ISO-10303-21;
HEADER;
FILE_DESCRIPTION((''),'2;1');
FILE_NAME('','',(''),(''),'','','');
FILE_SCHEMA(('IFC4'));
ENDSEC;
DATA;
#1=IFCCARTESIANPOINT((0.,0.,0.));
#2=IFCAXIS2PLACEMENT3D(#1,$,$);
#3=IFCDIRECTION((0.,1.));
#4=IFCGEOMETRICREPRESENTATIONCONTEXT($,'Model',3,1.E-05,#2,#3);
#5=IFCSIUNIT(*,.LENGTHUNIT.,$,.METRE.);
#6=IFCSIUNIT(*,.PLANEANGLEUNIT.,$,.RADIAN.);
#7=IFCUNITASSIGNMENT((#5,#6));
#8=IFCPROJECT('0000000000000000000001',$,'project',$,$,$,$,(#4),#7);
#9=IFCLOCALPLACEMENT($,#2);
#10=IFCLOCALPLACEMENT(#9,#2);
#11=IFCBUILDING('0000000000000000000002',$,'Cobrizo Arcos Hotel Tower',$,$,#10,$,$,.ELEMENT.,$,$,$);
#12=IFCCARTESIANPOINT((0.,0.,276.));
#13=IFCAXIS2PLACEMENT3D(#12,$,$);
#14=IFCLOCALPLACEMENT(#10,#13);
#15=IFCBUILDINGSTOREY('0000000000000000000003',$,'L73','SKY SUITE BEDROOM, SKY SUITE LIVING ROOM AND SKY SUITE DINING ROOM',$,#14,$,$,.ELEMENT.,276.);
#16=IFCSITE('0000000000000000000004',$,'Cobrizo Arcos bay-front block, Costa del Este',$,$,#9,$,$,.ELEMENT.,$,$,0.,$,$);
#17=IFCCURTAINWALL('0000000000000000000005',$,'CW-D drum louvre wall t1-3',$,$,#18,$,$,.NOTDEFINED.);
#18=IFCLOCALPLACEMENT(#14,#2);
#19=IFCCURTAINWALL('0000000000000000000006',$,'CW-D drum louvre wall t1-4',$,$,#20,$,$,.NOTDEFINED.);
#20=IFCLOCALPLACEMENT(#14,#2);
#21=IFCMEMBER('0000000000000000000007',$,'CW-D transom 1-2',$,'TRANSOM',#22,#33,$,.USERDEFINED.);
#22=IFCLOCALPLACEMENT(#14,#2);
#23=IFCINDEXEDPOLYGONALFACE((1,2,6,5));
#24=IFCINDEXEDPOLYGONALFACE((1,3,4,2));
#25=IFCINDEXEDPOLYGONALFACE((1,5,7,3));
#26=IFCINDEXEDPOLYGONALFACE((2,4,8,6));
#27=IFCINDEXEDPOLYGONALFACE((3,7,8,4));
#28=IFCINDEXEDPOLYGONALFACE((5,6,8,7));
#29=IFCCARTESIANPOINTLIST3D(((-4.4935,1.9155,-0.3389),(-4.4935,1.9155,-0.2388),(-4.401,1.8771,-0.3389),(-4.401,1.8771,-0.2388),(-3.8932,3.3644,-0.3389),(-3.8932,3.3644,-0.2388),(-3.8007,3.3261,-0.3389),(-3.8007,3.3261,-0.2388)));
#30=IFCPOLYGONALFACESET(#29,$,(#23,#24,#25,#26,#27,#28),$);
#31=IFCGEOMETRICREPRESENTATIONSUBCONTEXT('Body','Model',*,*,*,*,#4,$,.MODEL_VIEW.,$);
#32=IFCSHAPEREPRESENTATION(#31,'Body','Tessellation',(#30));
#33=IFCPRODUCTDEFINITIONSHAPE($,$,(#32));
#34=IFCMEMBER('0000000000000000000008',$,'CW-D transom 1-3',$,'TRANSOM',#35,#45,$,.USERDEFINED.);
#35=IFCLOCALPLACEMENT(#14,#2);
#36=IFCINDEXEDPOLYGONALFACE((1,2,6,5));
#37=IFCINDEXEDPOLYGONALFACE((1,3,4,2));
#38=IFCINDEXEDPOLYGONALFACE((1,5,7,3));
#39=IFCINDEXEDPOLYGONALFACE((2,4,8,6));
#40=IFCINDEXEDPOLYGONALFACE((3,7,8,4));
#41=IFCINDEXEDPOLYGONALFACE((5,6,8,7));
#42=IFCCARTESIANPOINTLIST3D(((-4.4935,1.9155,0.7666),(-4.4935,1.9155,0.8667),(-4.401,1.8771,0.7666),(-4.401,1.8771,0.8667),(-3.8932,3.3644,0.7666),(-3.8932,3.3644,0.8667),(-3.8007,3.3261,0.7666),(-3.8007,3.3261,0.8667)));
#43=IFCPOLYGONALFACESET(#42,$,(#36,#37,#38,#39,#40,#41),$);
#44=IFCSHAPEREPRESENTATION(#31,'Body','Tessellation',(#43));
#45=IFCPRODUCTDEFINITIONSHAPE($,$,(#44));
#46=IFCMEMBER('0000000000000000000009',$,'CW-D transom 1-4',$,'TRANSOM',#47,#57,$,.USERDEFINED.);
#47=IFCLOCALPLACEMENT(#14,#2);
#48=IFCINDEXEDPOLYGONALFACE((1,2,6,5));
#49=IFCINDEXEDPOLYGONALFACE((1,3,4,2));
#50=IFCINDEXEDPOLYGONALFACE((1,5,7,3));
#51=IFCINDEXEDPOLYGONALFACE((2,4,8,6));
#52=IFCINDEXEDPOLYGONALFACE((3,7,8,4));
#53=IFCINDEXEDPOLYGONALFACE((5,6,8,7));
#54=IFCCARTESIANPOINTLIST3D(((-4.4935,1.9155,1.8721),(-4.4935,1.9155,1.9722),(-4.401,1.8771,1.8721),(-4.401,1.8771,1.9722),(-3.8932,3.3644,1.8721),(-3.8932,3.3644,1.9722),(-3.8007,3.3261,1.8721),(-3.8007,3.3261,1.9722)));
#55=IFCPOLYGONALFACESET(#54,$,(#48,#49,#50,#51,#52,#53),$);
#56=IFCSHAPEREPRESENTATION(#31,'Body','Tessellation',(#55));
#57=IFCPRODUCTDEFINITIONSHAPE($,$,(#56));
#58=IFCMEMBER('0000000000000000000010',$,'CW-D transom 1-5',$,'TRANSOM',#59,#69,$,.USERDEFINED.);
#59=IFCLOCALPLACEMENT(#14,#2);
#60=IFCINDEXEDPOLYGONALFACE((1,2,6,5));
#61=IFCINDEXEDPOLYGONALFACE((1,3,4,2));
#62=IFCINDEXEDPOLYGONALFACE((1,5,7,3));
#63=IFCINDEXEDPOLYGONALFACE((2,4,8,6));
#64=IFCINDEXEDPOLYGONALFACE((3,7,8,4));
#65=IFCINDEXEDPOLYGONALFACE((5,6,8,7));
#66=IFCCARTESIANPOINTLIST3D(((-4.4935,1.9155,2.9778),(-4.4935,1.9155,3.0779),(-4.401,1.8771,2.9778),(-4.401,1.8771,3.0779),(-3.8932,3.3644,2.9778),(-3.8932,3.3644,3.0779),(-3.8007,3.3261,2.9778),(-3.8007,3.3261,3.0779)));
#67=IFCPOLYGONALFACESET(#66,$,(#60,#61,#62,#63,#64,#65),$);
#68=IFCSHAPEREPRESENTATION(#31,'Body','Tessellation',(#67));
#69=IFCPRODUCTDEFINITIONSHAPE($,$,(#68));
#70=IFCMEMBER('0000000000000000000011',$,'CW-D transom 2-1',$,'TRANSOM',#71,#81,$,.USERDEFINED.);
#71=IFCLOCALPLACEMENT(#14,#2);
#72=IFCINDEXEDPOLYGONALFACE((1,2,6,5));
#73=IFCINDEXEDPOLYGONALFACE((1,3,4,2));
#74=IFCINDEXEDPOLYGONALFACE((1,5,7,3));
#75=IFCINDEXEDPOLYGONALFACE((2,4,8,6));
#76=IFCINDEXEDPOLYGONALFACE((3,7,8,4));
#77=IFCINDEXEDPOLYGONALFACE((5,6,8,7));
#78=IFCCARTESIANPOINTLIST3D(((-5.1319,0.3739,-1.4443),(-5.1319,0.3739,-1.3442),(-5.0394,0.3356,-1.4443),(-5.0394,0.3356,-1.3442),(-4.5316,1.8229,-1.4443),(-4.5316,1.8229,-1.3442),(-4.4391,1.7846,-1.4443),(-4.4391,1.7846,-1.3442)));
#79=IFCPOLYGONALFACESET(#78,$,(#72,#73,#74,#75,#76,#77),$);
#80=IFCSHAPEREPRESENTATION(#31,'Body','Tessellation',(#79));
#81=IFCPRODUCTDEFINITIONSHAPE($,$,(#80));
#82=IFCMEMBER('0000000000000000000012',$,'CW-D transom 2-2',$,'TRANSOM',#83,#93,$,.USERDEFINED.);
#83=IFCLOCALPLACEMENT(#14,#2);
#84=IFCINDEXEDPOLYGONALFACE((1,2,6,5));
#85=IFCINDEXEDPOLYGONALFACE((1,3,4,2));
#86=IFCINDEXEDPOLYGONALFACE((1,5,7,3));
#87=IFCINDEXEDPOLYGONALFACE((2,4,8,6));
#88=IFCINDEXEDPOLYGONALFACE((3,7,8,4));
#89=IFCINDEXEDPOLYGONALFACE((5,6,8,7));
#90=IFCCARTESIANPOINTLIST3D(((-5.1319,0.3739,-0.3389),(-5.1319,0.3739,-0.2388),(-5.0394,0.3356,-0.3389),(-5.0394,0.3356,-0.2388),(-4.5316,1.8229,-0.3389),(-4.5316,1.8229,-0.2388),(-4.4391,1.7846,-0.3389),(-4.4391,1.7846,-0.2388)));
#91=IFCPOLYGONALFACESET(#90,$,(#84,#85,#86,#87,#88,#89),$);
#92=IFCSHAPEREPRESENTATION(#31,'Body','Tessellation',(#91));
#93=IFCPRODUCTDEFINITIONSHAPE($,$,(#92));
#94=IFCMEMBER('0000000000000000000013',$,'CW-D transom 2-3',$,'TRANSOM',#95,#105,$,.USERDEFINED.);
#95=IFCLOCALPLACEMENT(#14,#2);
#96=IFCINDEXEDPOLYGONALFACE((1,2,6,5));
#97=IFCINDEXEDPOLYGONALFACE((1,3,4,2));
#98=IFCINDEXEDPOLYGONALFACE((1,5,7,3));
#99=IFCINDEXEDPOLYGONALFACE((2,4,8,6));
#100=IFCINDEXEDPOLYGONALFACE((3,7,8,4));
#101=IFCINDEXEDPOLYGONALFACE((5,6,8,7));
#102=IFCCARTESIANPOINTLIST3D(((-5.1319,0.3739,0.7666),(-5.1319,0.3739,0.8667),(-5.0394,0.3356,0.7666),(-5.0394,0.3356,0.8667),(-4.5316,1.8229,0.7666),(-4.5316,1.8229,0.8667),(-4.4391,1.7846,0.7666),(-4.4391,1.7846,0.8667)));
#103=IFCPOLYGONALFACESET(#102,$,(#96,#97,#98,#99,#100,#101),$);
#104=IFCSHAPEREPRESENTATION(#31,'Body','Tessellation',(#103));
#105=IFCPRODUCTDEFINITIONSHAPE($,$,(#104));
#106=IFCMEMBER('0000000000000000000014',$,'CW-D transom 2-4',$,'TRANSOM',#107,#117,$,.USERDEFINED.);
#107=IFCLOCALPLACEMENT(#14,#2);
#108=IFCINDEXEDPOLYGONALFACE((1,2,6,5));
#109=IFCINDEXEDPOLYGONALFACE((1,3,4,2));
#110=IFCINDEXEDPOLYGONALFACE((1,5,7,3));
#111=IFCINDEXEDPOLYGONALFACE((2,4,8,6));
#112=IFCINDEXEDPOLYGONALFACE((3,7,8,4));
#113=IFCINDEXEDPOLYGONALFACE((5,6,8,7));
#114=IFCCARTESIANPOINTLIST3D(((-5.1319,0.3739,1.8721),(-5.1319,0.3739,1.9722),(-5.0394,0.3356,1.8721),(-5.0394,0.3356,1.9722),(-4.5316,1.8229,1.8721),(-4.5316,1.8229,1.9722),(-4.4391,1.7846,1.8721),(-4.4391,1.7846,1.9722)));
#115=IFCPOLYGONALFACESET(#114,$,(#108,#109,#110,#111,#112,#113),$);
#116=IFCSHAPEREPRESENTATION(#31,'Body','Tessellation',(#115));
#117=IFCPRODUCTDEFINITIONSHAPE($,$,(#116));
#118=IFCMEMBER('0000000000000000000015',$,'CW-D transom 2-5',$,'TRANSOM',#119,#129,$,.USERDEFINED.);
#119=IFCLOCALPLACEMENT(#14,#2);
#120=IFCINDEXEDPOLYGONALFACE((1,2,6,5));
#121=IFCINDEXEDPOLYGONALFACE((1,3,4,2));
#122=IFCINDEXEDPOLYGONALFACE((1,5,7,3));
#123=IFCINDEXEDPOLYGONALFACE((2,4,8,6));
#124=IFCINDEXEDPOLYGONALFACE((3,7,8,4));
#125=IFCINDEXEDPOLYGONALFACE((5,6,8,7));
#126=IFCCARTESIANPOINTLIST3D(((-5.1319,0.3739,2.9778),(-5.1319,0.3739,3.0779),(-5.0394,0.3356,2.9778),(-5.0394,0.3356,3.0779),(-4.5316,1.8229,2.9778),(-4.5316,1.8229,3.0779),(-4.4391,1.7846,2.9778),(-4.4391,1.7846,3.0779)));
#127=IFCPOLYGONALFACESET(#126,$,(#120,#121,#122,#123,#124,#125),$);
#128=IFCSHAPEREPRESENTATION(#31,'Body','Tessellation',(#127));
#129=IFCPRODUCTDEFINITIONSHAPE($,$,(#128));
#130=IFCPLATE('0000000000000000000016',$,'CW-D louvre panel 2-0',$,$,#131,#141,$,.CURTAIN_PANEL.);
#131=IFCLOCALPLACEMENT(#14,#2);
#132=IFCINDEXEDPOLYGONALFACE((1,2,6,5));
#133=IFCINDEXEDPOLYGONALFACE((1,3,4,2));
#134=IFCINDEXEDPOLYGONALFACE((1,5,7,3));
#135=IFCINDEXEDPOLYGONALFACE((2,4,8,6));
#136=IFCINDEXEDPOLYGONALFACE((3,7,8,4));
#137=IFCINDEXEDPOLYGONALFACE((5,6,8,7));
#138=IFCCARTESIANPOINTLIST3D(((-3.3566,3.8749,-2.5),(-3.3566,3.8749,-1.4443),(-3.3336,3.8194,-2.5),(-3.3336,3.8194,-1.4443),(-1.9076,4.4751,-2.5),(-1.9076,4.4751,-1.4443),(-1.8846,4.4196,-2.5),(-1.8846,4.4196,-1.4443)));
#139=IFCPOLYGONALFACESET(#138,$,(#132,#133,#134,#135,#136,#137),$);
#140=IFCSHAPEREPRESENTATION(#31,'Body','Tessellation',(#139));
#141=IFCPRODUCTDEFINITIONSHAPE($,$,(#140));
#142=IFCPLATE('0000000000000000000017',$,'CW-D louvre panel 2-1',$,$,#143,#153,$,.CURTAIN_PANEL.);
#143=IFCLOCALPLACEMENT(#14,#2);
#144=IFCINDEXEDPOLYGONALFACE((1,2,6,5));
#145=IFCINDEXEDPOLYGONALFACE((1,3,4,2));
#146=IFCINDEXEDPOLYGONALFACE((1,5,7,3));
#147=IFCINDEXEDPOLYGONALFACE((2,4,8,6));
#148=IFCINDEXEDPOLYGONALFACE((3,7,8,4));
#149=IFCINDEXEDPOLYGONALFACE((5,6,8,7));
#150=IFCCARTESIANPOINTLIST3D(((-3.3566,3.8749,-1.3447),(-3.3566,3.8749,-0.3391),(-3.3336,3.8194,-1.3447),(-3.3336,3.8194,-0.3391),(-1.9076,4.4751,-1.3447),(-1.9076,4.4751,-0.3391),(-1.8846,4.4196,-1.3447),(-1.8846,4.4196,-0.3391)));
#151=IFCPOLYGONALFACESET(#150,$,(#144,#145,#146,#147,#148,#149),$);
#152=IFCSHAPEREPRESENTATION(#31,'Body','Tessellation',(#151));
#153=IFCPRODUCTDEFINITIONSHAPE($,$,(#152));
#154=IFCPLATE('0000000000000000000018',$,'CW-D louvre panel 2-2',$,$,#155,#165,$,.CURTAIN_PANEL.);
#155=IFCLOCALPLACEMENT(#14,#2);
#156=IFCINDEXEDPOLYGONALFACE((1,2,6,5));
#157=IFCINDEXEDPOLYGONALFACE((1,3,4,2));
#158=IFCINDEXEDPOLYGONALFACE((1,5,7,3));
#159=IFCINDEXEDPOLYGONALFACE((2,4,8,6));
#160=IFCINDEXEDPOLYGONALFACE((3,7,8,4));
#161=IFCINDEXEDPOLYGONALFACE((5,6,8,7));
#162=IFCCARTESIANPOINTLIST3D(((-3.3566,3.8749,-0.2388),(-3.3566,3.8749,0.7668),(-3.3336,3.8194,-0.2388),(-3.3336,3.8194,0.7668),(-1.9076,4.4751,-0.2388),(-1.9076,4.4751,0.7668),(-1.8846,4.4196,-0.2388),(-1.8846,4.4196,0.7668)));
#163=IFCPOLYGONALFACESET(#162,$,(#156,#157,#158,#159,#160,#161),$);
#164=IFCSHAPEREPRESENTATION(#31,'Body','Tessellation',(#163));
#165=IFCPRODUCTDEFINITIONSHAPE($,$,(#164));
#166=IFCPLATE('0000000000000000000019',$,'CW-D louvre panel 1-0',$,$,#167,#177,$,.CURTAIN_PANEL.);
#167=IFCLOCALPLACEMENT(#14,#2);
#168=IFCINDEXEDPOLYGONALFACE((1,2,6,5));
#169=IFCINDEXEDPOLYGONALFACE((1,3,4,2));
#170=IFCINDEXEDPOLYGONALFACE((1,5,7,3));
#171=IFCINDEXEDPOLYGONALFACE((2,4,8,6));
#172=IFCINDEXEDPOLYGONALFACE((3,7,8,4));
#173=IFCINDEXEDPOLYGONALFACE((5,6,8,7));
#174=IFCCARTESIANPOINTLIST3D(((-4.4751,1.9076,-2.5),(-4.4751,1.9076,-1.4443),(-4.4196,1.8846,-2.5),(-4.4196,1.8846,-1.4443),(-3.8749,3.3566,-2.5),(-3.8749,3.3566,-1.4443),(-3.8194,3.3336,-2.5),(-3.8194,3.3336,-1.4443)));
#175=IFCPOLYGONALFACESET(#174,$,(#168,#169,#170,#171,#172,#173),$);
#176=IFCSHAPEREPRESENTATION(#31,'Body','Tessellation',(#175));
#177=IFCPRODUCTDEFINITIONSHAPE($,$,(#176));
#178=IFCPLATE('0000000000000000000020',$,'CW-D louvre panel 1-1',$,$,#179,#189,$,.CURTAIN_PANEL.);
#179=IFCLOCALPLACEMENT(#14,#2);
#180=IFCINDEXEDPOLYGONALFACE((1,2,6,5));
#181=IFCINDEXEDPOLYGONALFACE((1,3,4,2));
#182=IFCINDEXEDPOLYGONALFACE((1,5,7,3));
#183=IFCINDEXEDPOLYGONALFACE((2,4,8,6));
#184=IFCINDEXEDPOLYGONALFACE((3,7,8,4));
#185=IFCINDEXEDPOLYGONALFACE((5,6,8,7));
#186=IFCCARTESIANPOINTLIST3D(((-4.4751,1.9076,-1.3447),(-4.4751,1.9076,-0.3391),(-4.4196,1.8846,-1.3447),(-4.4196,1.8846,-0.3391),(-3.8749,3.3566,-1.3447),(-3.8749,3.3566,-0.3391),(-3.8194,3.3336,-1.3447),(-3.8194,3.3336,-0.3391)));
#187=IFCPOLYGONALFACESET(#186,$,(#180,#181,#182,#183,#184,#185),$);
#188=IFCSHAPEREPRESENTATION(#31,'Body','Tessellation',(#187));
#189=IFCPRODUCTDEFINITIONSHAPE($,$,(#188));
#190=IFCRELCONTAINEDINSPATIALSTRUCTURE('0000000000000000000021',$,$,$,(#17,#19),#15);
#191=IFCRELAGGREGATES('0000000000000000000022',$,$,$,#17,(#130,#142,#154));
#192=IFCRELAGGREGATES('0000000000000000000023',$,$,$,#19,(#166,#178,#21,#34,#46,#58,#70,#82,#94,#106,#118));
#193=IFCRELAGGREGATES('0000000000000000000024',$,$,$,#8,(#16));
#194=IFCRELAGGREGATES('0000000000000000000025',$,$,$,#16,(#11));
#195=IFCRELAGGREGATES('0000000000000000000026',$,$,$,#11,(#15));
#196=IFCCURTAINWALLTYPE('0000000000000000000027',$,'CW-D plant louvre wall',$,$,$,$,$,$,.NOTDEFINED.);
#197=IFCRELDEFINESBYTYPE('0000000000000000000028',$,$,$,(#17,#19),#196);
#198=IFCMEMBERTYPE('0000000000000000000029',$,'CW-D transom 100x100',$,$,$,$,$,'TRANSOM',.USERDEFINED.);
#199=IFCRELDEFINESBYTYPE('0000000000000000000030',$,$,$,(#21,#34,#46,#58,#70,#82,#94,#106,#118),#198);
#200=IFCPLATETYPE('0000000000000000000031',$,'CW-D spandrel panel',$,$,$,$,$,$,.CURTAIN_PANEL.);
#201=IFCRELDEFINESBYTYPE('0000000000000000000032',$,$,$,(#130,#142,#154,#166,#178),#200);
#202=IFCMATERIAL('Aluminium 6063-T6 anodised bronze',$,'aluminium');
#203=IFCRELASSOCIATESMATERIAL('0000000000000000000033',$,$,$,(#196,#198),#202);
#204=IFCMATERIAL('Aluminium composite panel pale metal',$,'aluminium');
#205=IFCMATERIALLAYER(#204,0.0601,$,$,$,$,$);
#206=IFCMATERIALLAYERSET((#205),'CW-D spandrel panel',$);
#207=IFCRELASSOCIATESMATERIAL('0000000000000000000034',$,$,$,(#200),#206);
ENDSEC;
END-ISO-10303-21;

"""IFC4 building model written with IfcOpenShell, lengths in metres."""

from ifc_helpers import new_model, si_unit, direction, frame, origin, origin_2d, place, context, subcontext, project, spatial, rectangle, extrude, material, layer, layer_set, material_profile, profile_set, type_object, element, aggregate, save


model = new_model("IFC4")

# Units and contexts
model_context = context("Model", 3, precision=1e-05, world=origin(), true_north=direction((0.0, 1.0)))
body_context = subcontext(model_context, "Body", "Model", "MODEL_VIEW")
ifc_project = project(units=[si_unit("LENGTHUNIT", "METRE"), si_unit("PLANEANGLEUNIT", "RADIAN")], contexts=[model_context])

# Site, building, storey
site_placement = place(None, origin())
site = spatial("IfcSite", under=ifc_project, at=site_placement, Name="Cobrizo Arcos bay-front block, Costa del Este", CompositionType="ELEMENT", RefElevation=0.0)
building_placement = place(site_placement, origin())
building = spatial("IfcBuilding", under=site, at=building_placement, Name="Cobrizo Arcos Hotel Tower", CompositionType="ELEMENT")
storey_placement = place(building_placement, frame((0.0, 0.0, 276.0)))
storey = spatial("IfcBuildingStorey", under=building, at=storey_placement, Name="L73", Description="SKY SUITE BEDROOM, SKY SUITE LIVING ROOM AND SKY SUITE DINING ROOM", CompositionType="ELEMENT", Elevation=276.0)

# Curtain wall
ifc_material_1 = material(Name="Aluminium 6063-T6 anodised bronze", Category="aluminium")
curtain_wall_type = type_object("IfcCurtainWallType", Name="CW-D plant louvre wall", PredefinedType="NOTDEFINED", material=ifc_material_1)
curtain_wall_1_placement = place(storey_placement, origin())
curtain_wall_1 = element("IfcCurtainWall", 1, at=curtain_wall_1_placement, inside=storey, type_object=curtain_wall_type, Name="CW-D drum louvre wall t1-3", PredefinedType="NOTDEFINED")

# Curtain wall, members
curtain_wall_2_placement = place(storey_placement, origin())
curtain_wall_2 = element("IfcCurtainWall", 2, at=curtain_wall_2_placement, inside=storey, type_object=curtain_wall_type, Name="CW-D drum louvre wall t1-4", PredefinedType="NOTDEFINED")
ifc_material_profile_1 = material_profile(ifc_material_1, rectangle(XDim=0.1001, YDim=0.1001, at=origin_2d()), Name="CW-D transom 100x100")
ifc_profile_set_1 = profile_set([ifc_material_profile_1], Name="Aluminium 6063-T6 anodised bronze")
member_type_1 = type_object("IfcMemberType", Name="CW-D transom 100x100", ElementType="TRANSOM", PredefinedType="USERDEFINED", material=ifc_profile_set_1)
member_1_placement = place(storey_placement, frame((-3.8469, 3.3452, -0.2888), z_axis=(-0.382769, -0.923844, 0.0), x_axis=(0.923844, -0.382769, 0.0)))
member_1 = element("IfcMember", 3, at=member_1_placement, type_object=member_type_1, Name="CW-D transom 1-2", ObjectType="TRANSOM", PredefinedType="USERDEFINED", context=body_context, shape_type="SweptSolid", body=[
    extrude(rectangle(XDim=0.1001, YDim=0.1001, at=origin_2d()), origin(), (0.0, 0.0, 1.0), 1.5684),
])
member_2_placement = place(storey_placement, frame((-3.8469, 3.3452, 0.8167), z_axis=(-0.382769, -0.923844, 0.0), x_axis=(0.923844, -0.382769, 0.0)))
member_2 = element("IfcMember", 4, at=member_2_placement, type_object=member_type_1, Name="CW-D transom 1-3", ObjectType="TRANSOM", PredefinedType="USERDEFINED", context=body_context, shape_type="SweptSolid", body=[
    extrude(rectangle(XDim=0.1001, YDim=0.1001, at=origin_2d()), origin(), (0.0, 0.0, 1.0), 1.5684),
])
member_3_placement = place(storey_placement, frame((-3.8469, 3.3452, 1.9221), z_axis=(-0.382769, -0.923844, 0.0), x_axis=(0.923844, -0.382769, 0.0)))
member_3 = element("IfcMember", 5, at=member_3_placement, type_object=member_type_1, Name="CW-D transom 1-4", ObjectType="TRANSOM", PredefinedType="USERDEFINED", context=body_context, shape_type="SweptSolid", body=[
    extrude(rectangle(XDim=0.1001, YDim=0.1001, at=origin_2d()), origin(), (0.0, 0.0, 1.0), 1.5684),
])
member_4_placement = place(storey_placement, frame((-3.8469, 3.3452, 3.0278), z_axis=(-0.382769, -0.923844, 0.0), x_axis=(0.923844, -0.382769, 0.0)))
member_4 = element("IfcMember", 6, at=member_4_placement, type_object=member_type_1, Name="CW-D transom 1-5", ObjectType="TRANSOM", PredefinedType="USERDEFINED", context=body_context, shape_type="SweptSolid", body=[
    extrude(rectangle(XDim=0.1001, YDim=0.1001, at=origin_2d()), origin(), (0.0, 0.0, 1.0), 1.5684),
])
member_5_placement = place(storey_placement, frame((-4.4854, 1.8037, -1.3943), z_axis=(-0.382769, -0.923844, 0.0), x_axis=(0.923844, -0.382769, 0.0)))
member_5 = element("IfcMember", 7, at=member_5_placement, type_object=member_type_1, Name="CW-D transom 2-1", ObjectType="TRANSOM", PredefinedType="USERDEFINED", context=body_context, shape_type="SweptSolid", body=[
    extrude(rectangle(XDim=0.1001, YDim=0.1001, at=origin_2d()), origin(), (0.0, 0.0, 1.0), 1.5684),
])
member_6_placement = place(storey_placement, frame((-4.4854, 1.8037, -0.2888), z_axis=(-0.382769, -0.923844, 0.0), x_axis=(0.923844, -0.382769, 0.0)))
member_6 = element("IfcMember", 8, at=member_6_placement, type_object=member_type_1, Name="CW-D transom 2-2", ObjectType="TRANSOM", PredefinedType="USERDEFINED", context=body_context, shape_type="SweptSolid", body=[
    extrude(rectangle(XDim=0.1001, YDim=0.1001, at=origin_2d()), origin(), (0.0, 0.0, 1.0), 1.5684),
])
member_7_placement = place(storey_placement, frame((-4.4854, 1.8037, 0.8167), z_axis=(-0.382769, -0.923844, 0.0), x_axis=(0.923844, -0.382769, 0.0)))
member_7 = element("IfcMember", 9, at=member_7_placement, type_object=member_type_1, Name="CW-D transom 2-3", ObjectType="TRANSOM", PredefinedType="USERDEFINED", context=body_context, shape_type="SweptSolid", body=[
    extrude(rectangle(XDim=0.1001, YDim=0.1001, at=origin_2d()), origin(), (0.0, 0.0, 1.0), 1.5684),
])
member_8_placement = place(storey_placement, frame((-4.4854, 1.8037, 1.9221), z_axis=(-0.382769, -0.923844, 0.0), x_axis=(0.923844, -0.382769, 0.0)))
member_8 = element("IfcMember", 10, at=member_8_placement, type_object=member_type_1, Name="CW-D transom 2-4", ObjectType="TRANSOM", PredefinedType="USERDEFINED", context=body_context, shape_type="SweptSolid", body=[
    extrude(rectangle(XDim=0.1001, YDim=0.1001, at=origin_2d()), origin(), (0.0, 0.0, 1.0), 1.5684),
])
member_9_placement = place(storey_placement, frame((-4.4854, 1.8037, 3.0278), z_axis=(-0.382769, -0.923844, 0.0), x_axis=(0.923844, -0.382769, 0.0)))
member_9 = element("IfcMember", 11, at=member_9_placement, type_object=member_type_1, Name="CW-D transom 2-5", ObjectType="TRANSOM", PredefinedType="USERDEFINED", context=body_context, shape_type="SweptSolid", body=[
    extrude(rectangle(XDim=0.1001, YDim=0.1001, at=origin_2d()), origin(), (0.0, 0.0, 1.0), 1.5684),
])

# Plates
ifc_material_2 = material(Name="Aluminium composite panel pale metal", Category="aluminium")
ifc_layer_1 = layer(ifc_material_2, 0.0601)
ifc_layer_set_1 = layer_set([ifc_layer_1], Name="CW-D spandrel panel")
plate_type = type_object("IfcPlateType", Name="CW-D spandrel panel", PredefinedType="CURTAIN_PANEL", material=ifc_layer_set_1)
plate_1_placement = place(storey_placement, frame((-2.6206, 4.1472, -2.5), z_axis=(0.0, 0.0, 1.0), x_axis=(-0.92388, -0.382683, 0.0)))
plate_1 = element("IfcPlate", 12, at=plate_1_placement, type_object=plate_type, Name="CW-D louvre panel 2-0", PredefinedType="CURTAIN_PANEL", context=body_context, shape_type="SweptSolid", body=[
    extrude(rectangle(XDim=1.5684, YDim=0.0601, at=origin_2d()), origin(), (0.0, 0.0, 1.0), 1.0557),
])
plate_2_placement = place(storey_placement, frame((-2.6206, 4.1472, -1.3447), z_axis=(0.0, 0.0, 1.0), x_axis=(-0.92388, -0.382683, 0.0)))
plate_2 = element("IfcPlate", 13, at=plate_2_placement, type_object=plate_type, Name="CW-D louvre panel 2-1", PredefinedType="CURTAIN_PANEL", context=body_context, shape_type="SweptSolid", body=[
    extrude(rectangle(XDim=1.5684, YDim=0.0601, at=origin_2d()), origin(), (0.0, 0.0, 1.0), 1.0056),
])
plate_3_placement = place(storey_placement, frame((-2.6206, 4.1472, -0.2388), z_axis=(0.0, 0.0, 1.0), x_axis=(-0.92388, -0.382683, 0.0)))
plate_3 = element("IfcPlate", 14, at=plate_3_placement, type_object=plate_type, Name="CW-D louvre panel 2-2", PredefinedType="CURTAIN_PANEL", context=body_context, shape_type="SweptSolid", body=[
    extrude(rectangle(XDim=1.5684, YDim=0.0601, at=origin_2d()), origin(), (0.0, 0.0, 1.0), 1.0056),
])
aggregate(curtain_wall_1, [plate_1, plate_2, plate_3])
plate_4_placement = place(storey_placement, frame((-4.1472, 2.6206, -2.5), z_axis=(0.0, 0.0, 1.0), x_axis=(-0.382683, -0.92388, 0.0)))
plate_4 = element("IfcPlate", 15, at=plate_4_placement, type_object=plate_type, Name="CW-D louvre panel 1-0", PredefinedType="CURTAIN_PANEL", context=body_context, shape_type="SweptSolid", body=[
    extrude(rectangle(XDim=1.5684, YDim=0.0601, at=origin_2d()), origin(), (0.0, 0.0, 1.0), 1.0557),
])
plate_5_placement = place(storey_placement, frame((-4.1472, 2.6206, -1.3447), z_axis=(0.0, 0.0, 1.0), x_axis=(-0.382683, -0.92388, 0.0)))
plate_5 = element("IfcPlate", 16, at=plate_5_placement, type_object=plate_type, Name="CW-D louvre panel 1-1", PredefinedType="CURTAIN_PANEL", context=body_context, shape_type="SweptSolid", body=[
    extrude(rectangle(XDim=1.5684, YDim=0.0601, at=origin_2d()), origin(), (0.0, 0.0, 1.0), 1.0056),
])
aggregate(curtain_wall_2, [plate_4, plate_5, member_1, member_2, member_3, member_4, member_5, member_6, member_7, member_8, member_9])

save(model, "model.ifc")
